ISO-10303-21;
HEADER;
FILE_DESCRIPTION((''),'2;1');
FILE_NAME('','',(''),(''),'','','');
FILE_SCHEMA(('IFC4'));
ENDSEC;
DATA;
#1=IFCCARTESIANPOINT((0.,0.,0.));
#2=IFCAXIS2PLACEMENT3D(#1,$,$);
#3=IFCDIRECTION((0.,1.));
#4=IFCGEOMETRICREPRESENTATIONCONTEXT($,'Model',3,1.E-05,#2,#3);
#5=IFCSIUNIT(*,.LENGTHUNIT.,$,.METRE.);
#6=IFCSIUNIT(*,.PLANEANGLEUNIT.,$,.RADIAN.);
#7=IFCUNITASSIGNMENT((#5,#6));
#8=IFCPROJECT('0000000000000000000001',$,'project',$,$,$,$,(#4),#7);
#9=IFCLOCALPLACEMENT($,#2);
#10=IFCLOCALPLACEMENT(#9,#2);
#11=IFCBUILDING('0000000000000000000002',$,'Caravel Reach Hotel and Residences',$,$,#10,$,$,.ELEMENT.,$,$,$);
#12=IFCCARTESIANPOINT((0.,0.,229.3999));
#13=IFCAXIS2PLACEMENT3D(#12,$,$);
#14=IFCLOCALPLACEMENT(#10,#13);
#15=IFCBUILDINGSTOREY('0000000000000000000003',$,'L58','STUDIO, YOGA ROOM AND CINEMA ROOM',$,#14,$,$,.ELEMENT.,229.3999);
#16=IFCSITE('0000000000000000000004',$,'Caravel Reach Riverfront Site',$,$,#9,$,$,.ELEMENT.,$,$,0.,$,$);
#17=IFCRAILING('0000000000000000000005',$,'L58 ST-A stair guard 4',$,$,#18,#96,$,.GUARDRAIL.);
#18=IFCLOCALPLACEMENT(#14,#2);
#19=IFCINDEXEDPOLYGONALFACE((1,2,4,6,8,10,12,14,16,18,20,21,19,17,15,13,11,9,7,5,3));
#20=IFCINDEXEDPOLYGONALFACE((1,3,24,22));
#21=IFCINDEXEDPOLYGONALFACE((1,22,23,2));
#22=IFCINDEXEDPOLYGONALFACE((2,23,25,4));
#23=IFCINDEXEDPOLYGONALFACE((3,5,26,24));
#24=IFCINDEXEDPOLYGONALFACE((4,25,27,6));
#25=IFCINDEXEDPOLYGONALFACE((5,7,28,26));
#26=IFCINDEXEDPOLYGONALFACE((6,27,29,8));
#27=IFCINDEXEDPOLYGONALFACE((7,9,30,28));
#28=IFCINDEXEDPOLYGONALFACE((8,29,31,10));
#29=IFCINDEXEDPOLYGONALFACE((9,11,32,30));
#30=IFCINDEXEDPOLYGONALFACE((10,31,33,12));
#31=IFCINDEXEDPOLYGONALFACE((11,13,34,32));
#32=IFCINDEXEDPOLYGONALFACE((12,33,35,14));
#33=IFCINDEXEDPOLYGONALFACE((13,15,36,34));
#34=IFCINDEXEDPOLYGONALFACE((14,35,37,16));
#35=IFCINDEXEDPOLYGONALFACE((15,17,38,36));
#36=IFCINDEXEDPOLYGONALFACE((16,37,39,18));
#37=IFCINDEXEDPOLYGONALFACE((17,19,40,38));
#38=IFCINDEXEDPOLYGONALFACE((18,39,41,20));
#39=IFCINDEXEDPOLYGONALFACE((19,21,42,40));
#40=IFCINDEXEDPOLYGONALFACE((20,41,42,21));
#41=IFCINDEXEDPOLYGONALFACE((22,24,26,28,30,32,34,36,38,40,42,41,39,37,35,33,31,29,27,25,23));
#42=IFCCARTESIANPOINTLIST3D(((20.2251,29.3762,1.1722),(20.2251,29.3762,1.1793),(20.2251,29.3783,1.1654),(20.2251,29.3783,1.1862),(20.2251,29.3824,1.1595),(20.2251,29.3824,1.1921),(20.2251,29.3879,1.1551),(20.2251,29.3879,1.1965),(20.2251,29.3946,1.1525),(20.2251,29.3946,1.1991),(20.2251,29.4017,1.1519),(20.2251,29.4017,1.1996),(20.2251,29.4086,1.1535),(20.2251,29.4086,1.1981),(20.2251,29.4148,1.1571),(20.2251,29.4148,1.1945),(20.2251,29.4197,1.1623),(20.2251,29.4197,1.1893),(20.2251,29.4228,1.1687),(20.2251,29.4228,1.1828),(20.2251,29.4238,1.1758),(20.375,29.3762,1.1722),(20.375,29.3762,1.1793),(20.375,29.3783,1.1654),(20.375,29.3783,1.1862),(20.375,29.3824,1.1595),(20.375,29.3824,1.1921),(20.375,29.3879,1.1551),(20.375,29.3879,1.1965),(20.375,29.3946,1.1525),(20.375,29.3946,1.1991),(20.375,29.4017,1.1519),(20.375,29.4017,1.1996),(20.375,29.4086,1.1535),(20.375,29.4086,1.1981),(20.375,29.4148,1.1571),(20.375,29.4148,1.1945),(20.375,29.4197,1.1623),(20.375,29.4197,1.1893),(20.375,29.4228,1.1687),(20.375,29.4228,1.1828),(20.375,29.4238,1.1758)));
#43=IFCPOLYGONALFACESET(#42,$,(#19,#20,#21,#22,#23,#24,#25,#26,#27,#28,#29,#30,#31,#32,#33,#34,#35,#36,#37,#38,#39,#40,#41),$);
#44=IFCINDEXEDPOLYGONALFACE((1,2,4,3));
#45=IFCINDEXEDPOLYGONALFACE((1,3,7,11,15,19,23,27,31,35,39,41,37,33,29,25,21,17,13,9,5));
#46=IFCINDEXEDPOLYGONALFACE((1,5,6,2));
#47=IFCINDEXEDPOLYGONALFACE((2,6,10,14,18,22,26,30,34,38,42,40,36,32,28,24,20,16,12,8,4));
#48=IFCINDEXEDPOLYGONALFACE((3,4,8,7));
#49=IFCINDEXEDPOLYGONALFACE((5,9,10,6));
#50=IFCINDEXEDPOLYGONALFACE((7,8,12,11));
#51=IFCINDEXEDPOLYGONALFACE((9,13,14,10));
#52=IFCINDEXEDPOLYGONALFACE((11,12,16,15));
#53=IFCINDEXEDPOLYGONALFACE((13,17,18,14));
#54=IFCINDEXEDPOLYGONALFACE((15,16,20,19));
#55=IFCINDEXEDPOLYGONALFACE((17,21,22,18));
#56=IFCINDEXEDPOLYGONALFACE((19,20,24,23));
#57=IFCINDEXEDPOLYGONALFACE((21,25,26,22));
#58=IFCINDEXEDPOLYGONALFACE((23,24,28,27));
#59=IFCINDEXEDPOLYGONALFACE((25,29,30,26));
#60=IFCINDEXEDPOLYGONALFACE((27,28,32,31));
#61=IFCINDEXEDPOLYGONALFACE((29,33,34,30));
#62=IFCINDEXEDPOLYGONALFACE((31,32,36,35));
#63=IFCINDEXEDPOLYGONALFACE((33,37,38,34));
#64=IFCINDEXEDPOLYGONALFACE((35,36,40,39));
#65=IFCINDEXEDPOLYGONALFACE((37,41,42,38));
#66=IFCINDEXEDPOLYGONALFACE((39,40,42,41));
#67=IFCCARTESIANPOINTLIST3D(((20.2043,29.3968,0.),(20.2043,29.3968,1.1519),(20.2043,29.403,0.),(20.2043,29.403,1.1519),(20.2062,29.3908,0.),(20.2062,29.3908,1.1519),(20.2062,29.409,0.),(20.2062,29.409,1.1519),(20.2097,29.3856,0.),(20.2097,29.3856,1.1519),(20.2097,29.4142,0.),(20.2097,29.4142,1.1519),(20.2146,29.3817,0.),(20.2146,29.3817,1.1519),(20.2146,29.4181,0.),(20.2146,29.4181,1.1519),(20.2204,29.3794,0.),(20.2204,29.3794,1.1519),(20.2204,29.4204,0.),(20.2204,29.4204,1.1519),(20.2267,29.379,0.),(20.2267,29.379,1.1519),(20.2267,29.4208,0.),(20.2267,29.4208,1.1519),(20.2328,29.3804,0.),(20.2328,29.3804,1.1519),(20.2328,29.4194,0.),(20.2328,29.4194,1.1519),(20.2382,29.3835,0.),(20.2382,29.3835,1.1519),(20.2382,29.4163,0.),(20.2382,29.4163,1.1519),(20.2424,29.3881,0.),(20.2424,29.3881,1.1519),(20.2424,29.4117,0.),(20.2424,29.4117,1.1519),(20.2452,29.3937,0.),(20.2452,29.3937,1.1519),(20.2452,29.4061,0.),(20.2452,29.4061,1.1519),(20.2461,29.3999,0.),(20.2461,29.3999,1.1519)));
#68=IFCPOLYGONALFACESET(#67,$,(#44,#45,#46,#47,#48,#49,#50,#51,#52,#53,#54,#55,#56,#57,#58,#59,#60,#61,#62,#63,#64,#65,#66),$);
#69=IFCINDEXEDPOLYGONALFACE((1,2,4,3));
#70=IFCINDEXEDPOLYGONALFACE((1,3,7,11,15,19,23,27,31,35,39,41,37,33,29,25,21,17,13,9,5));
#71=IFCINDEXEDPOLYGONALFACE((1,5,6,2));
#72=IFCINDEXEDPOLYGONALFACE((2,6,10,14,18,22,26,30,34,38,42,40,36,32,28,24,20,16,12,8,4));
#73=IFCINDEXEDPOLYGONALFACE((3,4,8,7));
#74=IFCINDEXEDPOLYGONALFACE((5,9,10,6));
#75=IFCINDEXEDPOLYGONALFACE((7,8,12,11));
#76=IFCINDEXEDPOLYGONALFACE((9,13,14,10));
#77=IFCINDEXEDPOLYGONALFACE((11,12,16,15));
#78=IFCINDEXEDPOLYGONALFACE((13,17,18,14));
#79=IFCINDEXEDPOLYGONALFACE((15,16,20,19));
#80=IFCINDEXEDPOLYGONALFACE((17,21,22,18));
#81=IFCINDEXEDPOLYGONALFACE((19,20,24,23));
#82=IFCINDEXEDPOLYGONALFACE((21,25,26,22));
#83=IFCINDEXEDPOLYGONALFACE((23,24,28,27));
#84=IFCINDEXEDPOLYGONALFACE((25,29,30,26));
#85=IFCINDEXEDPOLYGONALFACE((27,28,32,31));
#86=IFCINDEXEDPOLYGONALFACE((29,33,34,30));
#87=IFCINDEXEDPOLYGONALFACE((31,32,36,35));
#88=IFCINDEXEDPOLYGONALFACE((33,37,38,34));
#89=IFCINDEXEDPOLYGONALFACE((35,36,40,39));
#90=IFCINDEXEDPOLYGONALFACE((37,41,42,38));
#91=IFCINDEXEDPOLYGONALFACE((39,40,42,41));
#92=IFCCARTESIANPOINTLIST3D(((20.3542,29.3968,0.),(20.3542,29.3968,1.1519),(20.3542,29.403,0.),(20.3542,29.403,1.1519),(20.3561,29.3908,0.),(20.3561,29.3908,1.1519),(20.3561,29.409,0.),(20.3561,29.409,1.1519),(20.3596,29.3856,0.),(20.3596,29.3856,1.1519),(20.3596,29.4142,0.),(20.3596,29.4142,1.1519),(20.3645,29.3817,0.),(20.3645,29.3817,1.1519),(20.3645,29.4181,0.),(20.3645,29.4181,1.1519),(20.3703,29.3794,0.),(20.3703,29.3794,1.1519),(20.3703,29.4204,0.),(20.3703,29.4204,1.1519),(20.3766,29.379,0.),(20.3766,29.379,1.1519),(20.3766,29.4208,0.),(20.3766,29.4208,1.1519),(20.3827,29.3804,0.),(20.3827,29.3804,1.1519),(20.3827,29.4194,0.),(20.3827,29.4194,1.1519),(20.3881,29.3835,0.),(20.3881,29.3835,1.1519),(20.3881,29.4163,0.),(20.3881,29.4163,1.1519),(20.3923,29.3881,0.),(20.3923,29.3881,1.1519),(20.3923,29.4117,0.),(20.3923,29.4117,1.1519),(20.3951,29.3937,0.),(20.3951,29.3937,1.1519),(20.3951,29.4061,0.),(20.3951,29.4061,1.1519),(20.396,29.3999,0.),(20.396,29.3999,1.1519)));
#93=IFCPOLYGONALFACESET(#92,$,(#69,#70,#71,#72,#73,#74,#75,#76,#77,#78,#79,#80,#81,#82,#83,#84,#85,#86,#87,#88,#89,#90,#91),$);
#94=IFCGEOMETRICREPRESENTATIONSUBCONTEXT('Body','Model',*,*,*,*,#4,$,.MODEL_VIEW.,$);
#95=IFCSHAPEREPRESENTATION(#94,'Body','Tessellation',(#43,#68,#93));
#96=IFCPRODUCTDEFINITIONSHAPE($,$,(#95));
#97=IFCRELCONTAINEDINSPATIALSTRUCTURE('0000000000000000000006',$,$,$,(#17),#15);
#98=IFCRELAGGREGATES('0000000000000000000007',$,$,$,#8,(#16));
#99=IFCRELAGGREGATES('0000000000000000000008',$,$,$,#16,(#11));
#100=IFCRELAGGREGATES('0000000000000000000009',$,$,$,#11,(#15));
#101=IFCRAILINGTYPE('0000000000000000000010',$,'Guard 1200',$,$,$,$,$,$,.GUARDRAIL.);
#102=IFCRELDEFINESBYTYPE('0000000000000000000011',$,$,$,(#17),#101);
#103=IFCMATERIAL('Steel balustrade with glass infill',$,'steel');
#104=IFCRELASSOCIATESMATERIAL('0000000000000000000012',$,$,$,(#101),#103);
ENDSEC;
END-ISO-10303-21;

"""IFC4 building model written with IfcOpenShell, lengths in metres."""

from ifc_helpers import new_model, si_unit, direction, frame, origin, origin_2d, place, context, subcontext, project, spatial, circle, extrude, material, type_object, element, save


model = new_model("IFC4")

# Units and contexts
model_context = context("Model", 3, precision=1e-05, world=origin(), true_north=direction((0.0, 1.0)))
body_context = subcontext(model_context, "Body", "Model", "MODEL_VIEW")
ifc_project = project(units=[si_unit("LENGTHUNIT", "METRE"), si_unit("PLANEANGLEUNIT", "RADIAN")], contexts=[model_context])

# Site, building, storey
site_placement = place(None, origin())
site = spatial("IfcSite", under=ifc_project, at=site_placement, Name="Caravel Reach Riverfront Site", CompositionType="ELEMENT", RefElevation=0.0)
building_placement = place(site_placement, origin())
building = spatial("IfcBuilding", under=site, at=building_placement, Name="Caravel Reach Hotel and Residences", CompositionType="ELEMENT")
storey_placement = place(building_placement, frame((0.0, 0.0, 229.3999)))
storey = spatial("IfcBuildingStorey", under=building, at=storey_placement, Name="L58", Description="STUDIO, YOGA ROOM AND CINEMA ROOM", CompositionType="ELEMENT", Elevation=229.3999)

# Railing
ifc_material_1 = material(Name="Steel balustrade with glass infill", Category="steel")
railing_type_1 = type_object("IfcRailingType", Name="Guard 1200", PredefinedType="GUARDRAIL", material=ifc_material_1)
railing_1_placement = place(storey_placement, frame((20.2251, 29.3999, 0.0)))
element("IfcRailing", 1, at=railing_1_placement, inside=storey, type_object=railing_type_1, Name="L58 ST-A stair guard 4", PredefinedType="GUARDRAIL", context=body_context, shape_type="SweptSolid", body=[
    extrude(circle(Radius=0.0239, at=origin_2d()), frame((0.0, 0.0, 1.1758), z_axis=(1.0, 0.0, 0.0), x_axis=(0.0, 1.0, 0.0)), (0.0, 0.0, 1.0), 0.1499),
    extrude(circle(Radius=0.021, at=origin_2d()), origin(), (0.0, 0.0, 1.0), 1.1519),
    extrude(circle(Radius=0.021, at=origin_2d()), frame((0.1499, 0.0, 0.0)), (0.0, 0.0, 1.0), 1.1519),
])

save(model, "model.ifc")
